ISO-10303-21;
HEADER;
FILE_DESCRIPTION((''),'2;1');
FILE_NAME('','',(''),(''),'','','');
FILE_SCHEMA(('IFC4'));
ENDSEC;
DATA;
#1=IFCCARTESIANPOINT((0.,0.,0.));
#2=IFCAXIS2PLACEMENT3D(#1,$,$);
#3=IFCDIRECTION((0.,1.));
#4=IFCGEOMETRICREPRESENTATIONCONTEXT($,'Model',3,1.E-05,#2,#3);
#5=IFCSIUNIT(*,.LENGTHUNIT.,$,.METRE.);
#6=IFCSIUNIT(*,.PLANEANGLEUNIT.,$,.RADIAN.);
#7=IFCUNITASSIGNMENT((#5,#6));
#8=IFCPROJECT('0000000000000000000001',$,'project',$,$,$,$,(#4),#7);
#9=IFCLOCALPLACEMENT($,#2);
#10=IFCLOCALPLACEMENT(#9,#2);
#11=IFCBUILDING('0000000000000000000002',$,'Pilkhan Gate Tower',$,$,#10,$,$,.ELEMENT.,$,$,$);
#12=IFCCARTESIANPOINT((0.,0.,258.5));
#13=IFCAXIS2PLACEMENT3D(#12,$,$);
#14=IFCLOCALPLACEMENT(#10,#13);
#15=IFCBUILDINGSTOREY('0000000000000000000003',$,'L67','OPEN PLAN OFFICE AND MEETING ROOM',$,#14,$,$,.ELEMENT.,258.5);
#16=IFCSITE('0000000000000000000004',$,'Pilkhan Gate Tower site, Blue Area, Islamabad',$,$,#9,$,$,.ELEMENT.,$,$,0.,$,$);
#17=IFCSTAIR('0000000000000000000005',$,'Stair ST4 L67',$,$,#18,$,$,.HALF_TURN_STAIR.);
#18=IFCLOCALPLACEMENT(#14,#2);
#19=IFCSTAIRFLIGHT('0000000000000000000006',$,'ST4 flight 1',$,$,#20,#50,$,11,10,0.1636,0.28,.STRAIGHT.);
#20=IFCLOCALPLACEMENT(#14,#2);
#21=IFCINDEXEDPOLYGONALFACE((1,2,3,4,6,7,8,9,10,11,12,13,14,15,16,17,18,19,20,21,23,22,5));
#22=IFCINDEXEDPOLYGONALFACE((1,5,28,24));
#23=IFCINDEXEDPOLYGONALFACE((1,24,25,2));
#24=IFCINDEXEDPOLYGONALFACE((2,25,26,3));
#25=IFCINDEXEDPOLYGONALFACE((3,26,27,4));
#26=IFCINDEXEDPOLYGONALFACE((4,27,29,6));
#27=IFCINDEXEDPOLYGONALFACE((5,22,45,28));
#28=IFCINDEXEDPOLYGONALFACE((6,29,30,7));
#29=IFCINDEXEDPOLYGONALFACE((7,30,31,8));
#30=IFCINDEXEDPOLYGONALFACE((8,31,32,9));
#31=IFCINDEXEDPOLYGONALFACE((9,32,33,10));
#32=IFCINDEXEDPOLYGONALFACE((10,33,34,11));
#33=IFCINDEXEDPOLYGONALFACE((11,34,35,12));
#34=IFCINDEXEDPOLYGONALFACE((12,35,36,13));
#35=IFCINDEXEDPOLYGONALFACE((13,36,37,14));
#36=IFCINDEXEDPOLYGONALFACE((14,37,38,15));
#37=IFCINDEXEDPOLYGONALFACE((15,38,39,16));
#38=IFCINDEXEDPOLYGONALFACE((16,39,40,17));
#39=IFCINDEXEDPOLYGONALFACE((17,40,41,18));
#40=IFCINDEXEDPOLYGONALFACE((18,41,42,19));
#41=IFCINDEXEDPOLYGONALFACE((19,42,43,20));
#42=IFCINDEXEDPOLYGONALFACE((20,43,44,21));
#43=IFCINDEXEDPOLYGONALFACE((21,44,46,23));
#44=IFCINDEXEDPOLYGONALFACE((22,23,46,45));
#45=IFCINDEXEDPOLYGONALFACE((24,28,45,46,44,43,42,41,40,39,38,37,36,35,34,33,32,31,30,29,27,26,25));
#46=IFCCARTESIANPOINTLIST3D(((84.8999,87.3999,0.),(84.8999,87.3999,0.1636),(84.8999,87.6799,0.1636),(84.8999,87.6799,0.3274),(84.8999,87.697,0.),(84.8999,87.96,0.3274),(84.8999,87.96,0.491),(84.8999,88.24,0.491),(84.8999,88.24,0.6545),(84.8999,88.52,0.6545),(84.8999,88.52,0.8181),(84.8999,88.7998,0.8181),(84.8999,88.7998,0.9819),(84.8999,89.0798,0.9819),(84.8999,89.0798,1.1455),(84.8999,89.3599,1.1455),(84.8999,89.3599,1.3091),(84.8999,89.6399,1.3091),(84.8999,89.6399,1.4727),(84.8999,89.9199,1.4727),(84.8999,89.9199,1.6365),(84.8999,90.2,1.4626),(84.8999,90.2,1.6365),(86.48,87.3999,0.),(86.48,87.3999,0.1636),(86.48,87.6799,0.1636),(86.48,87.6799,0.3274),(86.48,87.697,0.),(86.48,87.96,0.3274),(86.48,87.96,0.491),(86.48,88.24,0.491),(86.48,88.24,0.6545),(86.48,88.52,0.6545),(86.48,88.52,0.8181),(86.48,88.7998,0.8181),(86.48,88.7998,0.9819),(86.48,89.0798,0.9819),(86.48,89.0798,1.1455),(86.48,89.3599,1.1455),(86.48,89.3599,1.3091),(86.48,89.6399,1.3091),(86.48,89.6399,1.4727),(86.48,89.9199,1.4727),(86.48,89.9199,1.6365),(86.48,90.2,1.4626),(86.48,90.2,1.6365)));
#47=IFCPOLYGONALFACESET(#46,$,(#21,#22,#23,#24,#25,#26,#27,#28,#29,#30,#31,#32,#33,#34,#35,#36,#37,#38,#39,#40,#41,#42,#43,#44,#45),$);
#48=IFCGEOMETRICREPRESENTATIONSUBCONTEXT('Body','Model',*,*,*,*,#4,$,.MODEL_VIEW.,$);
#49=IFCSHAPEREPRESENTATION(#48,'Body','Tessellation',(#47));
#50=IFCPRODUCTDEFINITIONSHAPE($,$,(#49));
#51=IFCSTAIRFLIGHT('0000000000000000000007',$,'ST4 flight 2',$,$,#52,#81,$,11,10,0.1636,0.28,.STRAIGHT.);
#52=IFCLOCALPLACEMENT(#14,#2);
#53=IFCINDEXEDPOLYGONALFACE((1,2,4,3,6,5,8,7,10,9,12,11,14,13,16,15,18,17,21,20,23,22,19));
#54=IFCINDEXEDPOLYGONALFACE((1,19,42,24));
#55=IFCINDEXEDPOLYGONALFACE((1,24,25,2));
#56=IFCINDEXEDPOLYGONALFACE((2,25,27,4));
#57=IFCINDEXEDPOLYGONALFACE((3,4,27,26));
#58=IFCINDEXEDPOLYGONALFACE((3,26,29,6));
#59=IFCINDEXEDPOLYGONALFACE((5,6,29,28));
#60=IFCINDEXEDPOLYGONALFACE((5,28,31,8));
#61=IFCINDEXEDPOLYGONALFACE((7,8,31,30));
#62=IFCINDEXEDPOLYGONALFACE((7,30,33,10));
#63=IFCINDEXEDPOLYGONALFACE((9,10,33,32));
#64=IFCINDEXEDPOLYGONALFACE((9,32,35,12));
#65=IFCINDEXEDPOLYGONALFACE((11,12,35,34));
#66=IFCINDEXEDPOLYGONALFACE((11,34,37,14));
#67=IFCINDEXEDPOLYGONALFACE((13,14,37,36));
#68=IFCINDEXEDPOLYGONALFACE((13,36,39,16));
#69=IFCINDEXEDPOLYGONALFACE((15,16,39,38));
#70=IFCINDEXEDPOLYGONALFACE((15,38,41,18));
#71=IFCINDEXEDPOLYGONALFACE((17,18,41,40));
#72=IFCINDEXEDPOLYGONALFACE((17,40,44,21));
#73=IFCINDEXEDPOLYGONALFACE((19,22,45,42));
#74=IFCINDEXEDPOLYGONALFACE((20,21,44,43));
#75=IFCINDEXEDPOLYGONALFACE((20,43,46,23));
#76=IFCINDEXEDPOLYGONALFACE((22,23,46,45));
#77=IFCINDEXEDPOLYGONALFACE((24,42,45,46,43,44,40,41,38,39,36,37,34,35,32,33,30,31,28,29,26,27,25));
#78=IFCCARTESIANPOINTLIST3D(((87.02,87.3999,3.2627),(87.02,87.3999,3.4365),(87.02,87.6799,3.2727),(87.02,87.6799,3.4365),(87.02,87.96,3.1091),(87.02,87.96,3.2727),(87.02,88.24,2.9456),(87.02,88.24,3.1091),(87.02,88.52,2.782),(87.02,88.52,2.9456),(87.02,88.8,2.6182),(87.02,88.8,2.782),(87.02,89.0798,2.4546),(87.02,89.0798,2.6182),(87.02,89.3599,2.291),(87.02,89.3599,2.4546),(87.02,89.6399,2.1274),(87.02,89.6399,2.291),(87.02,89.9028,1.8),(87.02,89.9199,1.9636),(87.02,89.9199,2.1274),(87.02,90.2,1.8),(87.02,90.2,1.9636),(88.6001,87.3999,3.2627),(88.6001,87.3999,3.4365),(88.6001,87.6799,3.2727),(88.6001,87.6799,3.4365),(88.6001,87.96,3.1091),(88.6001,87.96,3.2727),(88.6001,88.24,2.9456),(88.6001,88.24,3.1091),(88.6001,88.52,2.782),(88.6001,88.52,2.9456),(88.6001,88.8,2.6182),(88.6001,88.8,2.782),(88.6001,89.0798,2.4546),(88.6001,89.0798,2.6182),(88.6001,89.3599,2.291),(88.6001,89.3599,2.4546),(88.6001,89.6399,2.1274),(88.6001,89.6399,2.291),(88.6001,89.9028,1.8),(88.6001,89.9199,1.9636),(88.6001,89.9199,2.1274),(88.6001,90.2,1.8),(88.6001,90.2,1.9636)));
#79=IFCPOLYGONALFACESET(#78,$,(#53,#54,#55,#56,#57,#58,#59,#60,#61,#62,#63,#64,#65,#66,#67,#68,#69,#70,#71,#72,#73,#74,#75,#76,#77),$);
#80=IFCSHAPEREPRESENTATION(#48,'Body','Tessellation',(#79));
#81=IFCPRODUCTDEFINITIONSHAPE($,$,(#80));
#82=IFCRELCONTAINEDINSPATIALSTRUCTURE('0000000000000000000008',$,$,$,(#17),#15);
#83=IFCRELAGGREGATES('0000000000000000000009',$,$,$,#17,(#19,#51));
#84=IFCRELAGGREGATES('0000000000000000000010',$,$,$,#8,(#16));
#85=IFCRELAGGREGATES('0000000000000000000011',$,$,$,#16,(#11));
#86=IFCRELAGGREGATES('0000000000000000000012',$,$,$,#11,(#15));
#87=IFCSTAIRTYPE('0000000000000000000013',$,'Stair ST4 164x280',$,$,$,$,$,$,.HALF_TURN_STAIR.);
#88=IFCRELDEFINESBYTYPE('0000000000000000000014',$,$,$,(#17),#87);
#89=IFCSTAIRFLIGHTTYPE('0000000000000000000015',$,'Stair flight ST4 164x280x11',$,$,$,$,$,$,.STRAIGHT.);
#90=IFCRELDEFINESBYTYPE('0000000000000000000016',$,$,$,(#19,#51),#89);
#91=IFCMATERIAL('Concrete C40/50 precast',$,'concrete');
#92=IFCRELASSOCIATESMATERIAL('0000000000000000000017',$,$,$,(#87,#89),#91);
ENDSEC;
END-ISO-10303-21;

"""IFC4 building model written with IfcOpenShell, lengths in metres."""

from ifc_helpers import new_model, si_unit, direction, frame, origin, place, context, subcontext, project, spatial, polyline, outline, extrude, material, type_object, element, aggregate, save


model = new_model("IFC4")

# Units and contexts
model_context = context("Model", 3, precision=1e-05, world=origin(), true_north=direction((0.0, 1.0)))
body_context = subcontext(model_context, "Body", "Model", "MODEL_VIEW")
ifc_project = project(units=[si_unit("LENGTHUNIT", "METRE"), si_unit("PLANEANGLEUNIT", "RADIAN")], contexts=[model_context])

# Site, building, storey
site_placement = place(None, origin())
site = spatial("IfcSite", under=ifc_project, at=site_placement, Name="Pilkhan Gate Tower site, Blue Area, Islamabad", CompositionType="ELEMENT", RefElevation=0.0)
building_placement = place(site_placement, origin())
building = spatial("IfcBuilding", under=site, at=building_placement, Name="Pilkhan Gate Tower", CompositionType="ELEMENT")
storey_placement = place(building_placement, frame((0.0, 0.0, 258.5)))
storey = spatial("IfcBuildingStorey", under=building, at=storey_placement, Name="L67", Description="OPEN PLAN OFFICE AND MEETING ROOM", CompositionType="ELEMENT", Elevation=258.5)

# Stair, stair flights
ifc_material_1 = material(Name="Concrete C40/50 precast", Category="concrete")
stair_type = type_object("IfcStairType", Name="Stair ST4 164x280", PredefinedType="HALF_TURN_STAIR", material=ifc_material_1)
stair_placement = place(storey_placement, origin())
stair = element("IfcStair", 1, at=stair_placement, inside=storey, type_object=stair_type, Name="Stair ST4 L67", PredefinedType="HALF_TURN_STAIR")
stair_flight_type = type_object("IfcStairFlightType", Name="Stair flight ST4 164x280x11", PredefinedType="STRAIGHT", material=ifc_material_1)
stair_flight_1_placement = place(storey_placement, frame((85.6899, 87.3999, 0.0), z_axis=(0.0, 0.0, 1.0), x_axis=(0.0, 1.0, 0.0)))
stair_flight_1 = element("IfcStairFlight", 2, at=stair_flight_1_placement, type_object=stair_flight_type, Name="ST4 flight 1", NumberOfRisers=11, NumberOfTreads=10, PredefinedType="STRAIGHT", RiserHeight=0.1636, TreadLength=0.28, context=body_context, shape_type="SweptSolid", body=[
    extrude(outline(polyline([(0.0, 0.0), (0.0, 0.1636), (0.28, 0.1636), (0.28, 0.3274), (0.5601, 0.3274), (0.5601, 0.491), (0.8401, 0.491), (0.8401, 0.6545), (1.1201, 0.6545), (1.1201, 0.8181), (1.3999, 0.8181), (1.3999, 0.9819), (1.6799, 0.9819), (1.6799, 1.1455), (1.96, 1.1455), (1.96, 1.3091), (2.24, 1.3091), (2.24, 1.4727), (2.52, 1.4727), (2.52, 1.6365), (2.8, 1.6365), (2.8, 1.8), (2.8, 1.4626), (0.2971, 0.0), (0.0, 0.0)])), frame((0.0, 0.79, 0.0), z_axis=(0.0, -1.0, 0.0), x_axis=(1.0, 0.0, 0.0)), (0.0, 0.0, 1.0), 1.5801),
])
stair_flight_2_placement = place(storey_placement, frame((87.8101, 90.2, 1.8), z_axis=(0.0, 0.0, 1.0), x_axis=(0.0, -1.0, 0.0)))
stair_flight_2 = element("IfcStairFlight", 3, at=stair_flight_2_placement, type_object=stair_flight_type, Name="ST4 flight 2", NumberOfRisers=11, NumberOfTreads=10, PredefinedType="STRAIGHT", RiserHeight=0.1636, TreadLength=0.28, context=body_context, shape_type="SweptSolid", body=[
    extrude(outline(polyline([(0.0, 0.0), (0.0, 0.1636), (0.28, 0.1636), (0.28, 0.3274), (0.5601, 0.3274), (0.5601, 0.491), (0.8401, 0.491), (0.8401, 0.6545), (1.1201, 0.6545), (1.1201, 0.8181), (1.3999, 0.8181), (1.3999, 0.9819), (1.6799, 0.9819), (1.6799, 1.1455), (1.96, 1.1455), (1.96, 1.3091), (2.24, 1.3091), (2.24, 1.4727), (2.52, 1.4727), (2.52, 1.6365), (2.8, 1.6365), (2.8, 1.8), (2.8, 1.4626), (0.2971, 0.0), (0.0, 0.0)])), frame((0.0, 0.79, 0.0), z_axis=(0.0, -1.0, 0.0), x_axis=(1.0, 0.0, 0.0)), (0.0, 0.0, 1.0), 1.5801),
])
aggregate(stair, [stair_flight_1, stair_flight_2])

save(model, "model.ifc")
